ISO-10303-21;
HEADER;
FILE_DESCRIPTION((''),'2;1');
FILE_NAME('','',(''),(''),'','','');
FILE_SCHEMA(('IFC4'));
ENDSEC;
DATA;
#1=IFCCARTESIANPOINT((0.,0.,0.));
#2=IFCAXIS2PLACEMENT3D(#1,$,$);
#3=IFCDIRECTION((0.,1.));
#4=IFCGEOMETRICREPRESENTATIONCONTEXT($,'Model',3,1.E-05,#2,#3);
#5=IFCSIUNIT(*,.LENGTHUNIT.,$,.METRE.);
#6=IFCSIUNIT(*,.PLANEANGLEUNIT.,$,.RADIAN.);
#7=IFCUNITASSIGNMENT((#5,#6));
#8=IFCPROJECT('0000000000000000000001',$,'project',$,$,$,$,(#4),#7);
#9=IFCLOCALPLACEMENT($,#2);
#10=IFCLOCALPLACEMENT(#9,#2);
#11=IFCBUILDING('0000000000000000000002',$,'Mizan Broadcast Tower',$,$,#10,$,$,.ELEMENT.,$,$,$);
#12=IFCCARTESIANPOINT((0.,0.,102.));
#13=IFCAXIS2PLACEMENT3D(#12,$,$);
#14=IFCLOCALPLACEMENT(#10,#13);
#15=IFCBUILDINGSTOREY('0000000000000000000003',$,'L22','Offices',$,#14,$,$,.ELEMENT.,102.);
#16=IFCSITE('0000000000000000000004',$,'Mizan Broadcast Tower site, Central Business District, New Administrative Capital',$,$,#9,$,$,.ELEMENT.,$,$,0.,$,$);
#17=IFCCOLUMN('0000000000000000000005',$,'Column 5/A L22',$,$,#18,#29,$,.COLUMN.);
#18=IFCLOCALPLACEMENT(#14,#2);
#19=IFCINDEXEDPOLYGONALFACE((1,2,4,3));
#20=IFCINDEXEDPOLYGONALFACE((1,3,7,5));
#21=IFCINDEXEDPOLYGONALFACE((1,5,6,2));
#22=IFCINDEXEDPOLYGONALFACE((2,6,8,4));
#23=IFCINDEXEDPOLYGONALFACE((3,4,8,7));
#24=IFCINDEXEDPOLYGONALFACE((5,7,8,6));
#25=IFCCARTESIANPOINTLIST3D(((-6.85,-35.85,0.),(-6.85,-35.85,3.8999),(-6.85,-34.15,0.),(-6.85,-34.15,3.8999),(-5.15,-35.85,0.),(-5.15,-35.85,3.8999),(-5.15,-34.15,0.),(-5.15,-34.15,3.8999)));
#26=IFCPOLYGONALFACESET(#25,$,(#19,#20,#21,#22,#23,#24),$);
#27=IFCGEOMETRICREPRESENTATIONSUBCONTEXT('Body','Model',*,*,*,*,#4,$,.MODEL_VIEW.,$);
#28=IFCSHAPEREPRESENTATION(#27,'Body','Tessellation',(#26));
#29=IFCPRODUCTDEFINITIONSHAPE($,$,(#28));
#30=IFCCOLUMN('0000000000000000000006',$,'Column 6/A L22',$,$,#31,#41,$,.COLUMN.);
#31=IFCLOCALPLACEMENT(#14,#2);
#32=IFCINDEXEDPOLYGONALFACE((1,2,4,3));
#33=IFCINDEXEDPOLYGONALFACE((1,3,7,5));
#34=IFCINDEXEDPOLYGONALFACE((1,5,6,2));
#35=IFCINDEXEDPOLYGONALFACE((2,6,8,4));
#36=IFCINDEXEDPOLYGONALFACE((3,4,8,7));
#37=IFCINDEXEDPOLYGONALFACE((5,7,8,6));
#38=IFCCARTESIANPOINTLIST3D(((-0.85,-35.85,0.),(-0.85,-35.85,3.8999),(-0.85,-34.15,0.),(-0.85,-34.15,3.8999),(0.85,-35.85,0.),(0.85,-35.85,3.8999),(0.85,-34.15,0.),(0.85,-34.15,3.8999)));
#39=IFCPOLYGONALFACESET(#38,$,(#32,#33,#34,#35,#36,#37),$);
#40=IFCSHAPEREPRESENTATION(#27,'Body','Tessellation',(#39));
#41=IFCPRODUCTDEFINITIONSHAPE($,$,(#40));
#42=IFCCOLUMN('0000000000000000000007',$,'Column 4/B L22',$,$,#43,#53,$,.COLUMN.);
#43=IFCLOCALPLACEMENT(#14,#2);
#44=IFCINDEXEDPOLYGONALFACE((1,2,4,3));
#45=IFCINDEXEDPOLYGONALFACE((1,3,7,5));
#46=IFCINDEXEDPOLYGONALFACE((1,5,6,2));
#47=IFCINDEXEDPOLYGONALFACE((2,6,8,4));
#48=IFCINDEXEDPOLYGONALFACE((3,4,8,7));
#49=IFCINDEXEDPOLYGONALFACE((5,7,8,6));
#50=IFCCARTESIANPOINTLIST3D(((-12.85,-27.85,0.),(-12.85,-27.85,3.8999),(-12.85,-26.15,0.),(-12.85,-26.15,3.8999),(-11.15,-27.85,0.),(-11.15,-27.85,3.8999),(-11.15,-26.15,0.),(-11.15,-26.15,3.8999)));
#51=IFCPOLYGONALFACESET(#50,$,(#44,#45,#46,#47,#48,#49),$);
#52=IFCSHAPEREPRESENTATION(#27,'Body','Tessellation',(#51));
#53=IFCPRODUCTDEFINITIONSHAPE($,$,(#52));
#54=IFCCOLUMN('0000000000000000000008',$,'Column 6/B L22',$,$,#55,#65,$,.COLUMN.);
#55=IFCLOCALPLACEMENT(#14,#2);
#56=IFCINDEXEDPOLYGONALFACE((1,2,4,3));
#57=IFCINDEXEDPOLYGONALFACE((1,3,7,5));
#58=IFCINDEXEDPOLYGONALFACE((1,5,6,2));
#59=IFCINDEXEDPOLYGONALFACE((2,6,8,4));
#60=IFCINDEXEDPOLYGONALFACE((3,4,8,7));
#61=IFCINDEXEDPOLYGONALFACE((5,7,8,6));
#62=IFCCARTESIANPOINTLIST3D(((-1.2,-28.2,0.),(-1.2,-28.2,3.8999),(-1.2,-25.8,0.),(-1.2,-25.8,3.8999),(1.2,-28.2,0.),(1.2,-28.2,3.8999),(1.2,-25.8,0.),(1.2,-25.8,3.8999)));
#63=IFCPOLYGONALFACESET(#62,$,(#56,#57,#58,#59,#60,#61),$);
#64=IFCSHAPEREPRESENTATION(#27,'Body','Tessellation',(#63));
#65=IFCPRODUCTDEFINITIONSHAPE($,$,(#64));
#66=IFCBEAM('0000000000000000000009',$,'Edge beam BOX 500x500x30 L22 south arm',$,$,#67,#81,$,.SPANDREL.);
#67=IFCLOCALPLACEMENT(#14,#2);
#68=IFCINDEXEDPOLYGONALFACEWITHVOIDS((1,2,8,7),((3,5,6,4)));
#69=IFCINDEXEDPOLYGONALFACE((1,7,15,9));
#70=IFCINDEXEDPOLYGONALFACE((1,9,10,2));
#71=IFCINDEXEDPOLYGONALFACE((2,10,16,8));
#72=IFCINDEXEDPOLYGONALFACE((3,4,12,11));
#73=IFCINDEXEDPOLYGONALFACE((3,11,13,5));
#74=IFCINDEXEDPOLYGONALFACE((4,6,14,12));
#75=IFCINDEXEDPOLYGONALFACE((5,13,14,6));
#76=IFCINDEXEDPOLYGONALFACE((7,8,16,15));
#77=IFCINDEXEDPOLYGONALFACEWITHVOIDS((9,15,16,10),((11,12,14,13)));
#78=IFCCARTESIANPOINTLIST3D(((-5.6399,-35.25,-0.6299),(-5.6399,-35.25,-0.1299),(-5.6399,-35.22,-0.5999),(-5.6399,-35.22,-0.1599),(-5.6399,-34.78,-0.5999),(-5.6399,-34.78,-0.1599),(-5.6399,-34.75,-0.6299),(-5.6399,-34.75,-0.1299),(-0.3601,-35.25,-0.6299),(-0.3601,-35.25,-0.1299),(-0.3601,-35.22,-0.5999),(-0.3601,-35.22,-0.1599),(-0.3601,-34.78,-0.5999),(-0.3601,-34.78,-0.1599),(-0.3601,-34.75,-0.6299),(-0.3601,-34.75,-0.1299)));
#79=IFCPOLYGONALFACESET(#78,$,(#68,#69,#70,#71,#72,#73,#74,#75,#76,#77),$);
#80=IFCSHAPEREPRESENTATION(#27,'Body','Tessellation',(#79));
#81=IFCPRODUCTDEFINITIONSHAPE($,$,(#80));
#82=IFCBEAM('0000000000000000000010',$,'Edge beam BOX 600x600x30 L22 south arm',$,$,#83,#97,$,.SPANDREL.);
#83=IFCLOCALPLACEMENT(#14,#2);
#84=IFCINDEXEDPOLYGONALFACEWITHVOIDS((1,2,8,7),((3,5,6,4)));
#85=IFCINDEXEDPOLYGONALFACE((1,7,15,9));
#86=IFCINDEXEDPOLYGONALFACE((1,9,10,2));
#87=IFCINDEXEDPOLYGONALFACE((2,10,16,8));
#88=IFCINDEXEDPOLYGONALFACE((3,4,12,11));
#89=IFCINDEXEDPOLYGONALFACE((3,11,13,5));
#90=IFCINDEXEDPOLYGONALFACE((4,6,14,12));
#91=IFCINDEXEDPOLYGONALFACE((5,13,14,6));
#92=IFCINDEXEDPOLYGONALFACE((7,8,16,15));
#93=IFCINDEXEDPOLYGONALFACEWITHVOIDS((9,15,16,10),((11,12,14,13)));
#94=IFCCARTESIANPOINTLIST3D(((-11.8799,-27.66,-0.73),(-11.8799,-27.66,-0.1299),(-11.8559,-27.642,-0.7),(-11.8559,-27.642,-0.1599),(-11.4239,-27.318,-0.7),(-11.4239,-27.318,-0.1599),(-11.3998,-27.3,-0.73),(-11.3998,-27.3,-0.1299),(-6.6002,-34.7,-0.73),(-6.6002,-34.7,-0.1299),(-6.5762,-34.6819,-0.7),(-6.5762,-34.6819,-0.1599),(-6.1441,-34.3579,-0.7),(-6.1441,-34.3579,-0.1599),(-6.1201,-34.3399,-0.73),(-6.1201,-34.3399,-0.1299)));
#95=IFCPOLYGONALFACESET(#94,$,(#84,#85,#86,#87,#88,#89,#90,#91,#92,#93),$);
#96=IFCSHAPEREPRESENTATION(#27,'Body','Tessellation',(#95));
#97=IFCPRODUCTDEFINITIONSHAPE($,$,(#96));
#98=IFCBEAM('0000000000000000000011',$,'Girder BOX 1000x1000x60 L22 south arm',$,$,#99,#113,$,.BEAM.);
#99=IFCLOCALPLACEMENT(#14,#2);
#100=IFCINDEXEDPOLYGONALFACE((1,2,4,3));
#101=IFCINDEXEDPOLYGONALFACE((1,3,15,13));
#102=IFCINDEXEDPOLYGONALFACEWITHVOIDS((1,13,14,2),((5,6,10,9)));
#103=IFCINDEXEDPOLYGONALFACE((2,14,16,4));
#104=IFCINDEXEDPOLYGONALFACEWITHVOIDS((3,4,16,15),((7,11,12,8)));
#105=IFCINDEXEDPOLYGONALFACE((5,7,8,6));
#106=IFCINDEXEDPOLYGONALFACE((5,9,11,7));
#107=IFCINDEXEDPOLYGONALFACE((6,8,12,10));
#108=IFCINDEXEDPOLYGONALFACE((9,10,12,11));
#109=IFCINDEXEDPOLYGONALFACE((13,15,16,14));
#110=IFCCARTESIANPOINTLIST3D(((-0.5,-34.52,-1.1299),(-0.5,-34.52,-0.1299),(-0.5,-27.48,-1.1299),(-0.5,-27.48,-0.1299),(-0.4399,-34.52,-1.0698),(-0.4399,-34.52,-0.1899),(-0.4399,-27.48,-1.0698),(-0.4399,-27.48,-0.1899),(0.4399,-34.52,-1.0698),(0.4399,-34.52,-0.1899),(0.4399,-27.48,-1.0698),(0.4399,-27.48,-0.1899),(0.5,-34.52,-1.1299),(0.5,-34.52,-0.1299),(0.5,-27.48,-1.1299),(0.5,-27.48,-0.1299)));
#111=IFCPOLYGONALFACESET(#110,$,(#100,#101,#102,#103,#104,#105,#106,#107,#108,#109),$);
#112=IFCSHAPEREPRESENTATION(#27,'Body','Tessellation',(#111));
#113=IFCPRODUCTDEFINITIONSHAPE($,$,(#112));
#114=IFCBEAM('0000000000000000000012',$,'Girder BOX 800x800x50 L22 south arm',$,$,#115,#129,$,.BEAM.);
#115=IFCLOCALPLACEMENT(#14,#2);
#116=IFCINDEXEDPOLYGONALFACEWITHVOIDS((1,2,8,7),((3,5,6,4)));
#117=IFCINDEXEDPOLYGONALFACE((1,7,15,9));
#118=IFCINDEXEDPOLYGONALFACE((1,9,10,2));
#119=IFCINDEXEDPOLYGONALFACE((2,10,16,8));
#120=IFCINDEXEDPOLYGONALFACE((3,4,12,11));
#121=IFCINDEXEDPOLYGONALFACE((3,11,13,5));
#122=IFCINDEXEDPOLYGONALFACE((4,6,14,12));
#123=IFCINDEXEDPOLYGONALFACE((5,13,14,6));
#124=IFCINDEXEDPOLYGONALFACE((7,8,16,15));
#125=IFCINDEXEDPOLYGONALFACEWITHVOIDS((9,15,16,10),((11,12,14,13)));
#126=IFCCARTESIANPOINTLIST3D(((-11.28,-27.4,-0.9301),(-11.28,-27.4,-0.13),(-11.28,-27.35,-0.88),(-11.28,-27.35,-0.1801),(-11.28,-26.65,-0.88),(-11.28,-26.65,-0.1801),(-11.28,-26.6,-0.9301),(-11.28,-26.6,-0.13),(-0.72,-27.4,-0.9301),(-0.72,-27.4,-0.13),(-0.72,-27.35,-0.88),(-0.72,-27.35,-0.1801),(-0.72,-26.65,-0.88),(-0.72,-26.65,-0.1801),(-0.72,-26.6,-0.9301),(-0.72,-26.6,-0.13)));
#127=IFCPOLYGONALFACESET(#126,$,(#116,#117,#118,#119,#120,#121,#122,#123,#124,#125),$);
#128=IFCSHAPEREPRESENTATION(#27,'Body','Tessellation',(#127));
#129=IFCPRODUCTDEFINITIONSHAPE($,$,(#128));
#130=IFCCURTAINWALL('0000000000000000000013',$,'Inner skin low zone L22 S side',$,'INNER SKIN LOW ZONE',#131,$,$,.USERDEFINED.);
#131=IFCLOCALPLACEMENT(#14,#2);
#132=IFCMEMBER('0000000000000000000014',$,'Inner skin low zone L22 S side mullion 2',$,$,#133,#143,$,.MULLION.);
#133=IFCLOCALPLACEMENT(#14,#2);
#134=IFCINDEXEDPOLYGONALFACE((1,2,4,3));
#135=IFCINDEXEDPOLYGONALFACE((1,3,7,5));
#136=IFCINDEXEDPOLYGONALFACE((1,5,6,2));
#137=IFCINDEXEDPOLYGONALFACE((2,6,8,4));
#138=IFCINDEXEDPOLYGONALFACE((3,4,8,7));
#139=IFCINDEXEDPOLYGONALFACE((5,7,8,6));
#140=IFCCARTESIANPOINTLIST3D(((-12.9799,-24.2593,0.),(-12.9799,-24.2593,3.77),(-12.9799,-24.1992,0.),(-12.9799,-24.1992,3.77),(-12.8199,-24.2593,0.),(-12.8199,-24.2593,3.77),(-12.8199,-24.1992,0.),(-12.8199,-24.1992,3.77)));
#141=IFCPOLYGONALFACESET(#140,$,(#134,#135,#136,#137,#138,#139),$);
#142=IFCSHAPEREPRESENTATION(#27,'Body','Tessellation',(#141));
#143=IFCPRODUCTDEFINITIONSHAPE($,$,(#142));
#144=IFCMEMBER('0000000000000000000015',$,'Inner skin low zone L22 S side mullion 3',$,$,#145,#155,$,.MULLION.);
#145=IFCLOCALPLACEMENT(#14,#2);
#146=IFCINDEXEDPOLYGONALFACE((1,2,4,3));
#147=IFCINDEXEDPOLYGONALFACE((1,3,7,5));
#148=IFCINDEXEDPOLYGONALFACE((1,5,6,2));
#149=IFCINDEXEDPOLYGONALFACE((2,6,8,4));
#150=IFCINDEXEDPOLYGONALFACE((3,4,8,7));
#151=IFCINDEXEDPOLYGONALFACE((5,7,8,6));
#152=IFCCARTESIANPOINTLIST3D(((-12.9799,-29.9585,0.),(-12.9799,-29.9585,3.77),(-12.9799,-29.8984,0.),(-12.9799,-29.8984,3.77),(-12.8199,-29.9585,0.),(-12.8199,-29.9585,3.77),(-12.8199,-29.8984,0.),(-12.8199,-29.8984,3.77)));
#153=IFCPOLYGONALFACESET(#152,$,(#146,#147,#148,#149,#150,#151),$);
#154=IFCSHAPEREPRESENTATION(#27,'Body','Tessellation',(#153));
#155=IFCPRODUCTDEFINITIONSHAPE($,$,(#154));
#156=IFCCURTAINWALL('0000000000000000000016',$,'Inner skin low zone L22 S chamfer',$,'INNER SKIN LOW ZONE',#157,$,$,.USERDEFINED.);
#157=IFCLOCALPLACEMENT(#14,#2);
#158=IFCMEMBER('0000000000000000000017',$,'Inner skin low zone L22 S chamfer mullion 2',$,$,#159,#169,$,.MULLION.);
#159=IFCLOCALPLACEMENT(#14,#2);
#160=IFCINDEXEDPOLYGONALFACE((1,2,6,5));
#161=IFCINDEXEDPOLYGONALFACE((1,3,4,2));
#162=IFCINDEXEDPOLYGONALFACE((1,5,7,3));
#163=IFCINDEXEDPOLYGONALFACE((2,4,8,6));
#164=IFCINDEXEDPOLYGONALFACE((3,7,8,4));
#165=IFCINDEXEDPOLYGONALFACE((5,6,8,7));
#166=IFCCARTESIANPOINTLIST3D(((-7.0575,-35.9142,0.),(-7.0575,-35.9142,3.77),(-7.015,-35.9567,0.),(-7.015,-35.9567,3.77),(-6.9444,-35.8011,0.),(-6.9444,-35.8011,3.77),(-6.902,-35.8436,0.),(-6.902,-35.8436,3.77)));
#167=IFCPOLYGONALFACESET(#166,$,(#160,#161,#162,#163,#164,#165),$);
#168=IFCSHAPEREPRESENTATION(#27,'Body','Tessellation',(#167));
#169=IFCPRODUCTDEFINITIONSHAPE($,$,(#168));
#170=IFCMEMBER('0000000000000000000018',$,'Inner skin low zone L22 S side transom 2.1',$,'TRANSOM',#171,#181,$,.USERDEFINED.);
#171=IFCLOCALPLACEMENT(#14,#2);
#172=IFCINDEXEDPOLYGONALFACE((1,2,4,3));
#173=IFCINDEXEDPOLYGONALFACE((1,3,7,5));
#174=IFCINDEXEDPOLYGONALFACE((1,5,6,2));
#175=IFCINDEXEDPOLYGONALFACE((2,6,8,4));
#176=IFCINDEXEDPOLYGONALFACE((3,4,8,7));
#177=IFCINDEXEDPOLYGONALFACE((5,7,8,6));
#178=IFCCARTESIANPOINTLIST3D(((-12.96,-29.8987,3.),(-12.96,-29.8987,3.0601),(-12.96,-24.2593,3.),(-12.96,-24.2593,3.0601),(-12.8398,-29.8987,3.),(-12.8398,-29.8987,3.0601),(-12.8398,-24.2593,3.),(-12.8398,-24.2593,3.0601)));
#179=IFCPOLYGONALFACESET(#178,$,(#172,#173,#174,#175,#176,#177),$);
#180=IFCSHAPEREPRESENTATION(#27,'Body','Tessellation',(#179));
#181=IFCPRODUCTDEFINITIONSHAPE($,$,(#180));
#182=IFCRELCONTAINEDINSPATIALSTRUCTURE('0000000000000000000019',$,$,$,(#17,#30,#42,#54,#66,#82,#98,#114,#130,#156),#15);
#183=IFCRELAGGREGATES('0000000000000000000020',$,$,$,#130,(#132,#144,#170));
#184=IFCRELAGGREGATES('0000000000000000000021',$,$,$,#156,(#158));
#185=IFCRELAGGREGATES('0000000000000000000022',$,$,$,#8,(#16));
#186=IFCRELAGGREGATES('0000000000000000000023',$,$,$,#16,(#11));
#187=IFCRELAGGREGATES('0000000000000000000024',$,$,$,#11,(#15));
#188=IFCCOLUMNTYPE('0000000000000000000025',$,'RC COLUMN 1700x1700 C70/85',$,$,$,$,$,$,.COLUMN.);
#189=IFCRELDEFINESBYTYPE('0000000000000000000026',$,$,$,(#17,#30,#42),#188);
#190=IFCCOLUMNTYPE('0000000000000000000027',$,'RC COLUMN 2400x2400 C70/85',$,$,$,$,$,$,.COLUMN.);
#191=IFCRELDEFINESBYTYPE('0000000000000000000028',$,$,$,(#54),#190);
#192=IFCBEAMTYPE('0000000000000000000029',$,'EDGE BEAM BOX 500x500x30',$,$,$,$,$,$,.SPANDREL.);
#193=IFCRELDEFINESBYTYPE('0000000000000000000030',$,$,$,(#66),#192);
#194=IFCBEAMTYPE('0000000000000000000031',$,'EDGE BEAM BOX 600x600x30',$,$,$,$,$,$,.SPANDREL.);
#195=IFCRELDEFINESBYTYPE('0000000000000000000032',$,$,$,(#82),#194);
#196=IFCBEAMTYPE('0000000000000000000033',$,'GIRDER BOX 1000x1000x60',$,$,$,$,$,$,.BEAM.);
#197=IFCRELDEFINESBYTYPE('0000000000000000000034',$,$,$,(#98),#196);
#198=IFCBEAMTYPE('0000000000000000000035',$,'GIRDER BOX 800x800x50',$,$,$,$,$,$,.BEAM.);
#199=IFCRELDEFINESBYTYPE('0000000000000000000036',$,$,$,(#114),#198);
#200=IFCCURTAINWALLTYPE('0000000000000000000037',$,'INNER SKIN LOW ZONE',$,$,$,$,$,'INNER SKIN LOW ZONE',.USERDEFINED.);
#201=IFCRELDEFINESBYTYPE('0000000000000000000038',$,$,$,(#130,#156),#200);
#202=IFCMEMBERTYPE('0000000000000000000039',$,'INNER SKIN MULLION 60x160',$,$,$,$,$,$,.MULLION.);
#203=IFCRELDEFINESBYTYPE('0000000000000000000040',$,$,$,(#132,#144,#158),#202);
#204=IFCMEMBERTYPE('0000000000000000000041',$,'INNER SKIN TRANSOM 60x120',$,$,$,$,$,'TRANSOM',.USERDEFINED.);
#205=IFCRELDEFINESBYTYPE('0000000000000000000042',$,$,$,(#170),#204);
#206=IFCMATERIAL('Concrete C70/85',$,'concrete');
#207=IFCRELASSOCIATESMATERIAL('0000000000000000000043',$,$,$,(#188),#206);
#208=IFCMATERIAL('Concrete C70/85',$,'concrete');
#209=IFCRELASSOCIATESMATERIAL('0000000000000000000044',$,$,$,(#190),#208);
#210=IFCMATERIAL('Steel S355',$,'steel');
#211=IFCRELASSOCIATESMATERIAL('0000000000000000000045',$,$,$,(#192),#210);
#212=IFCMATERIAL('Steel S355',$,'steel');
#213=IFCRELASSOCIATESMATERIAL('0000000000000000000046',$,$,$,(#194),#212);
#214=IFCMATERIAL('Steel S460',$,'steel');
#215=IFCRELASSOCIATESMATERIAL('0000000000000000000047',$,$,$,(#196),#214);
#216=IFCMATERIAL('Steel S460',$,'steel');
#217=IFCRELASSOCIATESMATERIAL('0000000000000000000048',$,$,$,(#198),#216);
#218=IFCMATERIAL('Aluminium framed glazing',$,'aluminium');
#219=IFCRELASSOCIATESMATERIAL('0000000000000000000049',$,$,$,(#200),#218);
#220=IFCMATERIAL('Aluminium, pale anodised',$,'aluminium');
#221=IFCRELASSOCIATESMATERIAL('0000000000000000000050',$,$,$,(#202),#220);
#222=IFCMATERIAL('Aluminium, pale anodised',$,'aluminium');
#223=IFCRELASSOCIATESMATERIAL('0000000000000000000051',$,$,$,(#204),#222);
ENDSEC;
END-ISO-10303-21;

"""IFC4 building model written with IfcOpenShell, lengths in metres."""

from ifc_helpers import new_model, si_unit, direction, frame, origin, origin_2d, place, context, subcontext, project, spatial, rectangle, hollow_rectangle, extrude, material, material_profile, profile_set, type_object, element, aggregate, save


model = new_model("IFC4")

# Units and contexts
model_context = context("Model", 3, precision=1e-05, world=origin(), true_north=direction((0.0, 1.0)))
body_context = subcontext(model_context, "Body", "Model", "MODEL_VIEW")
ifc_project = project(units=[si_unit("LENGTHUNIT", "METRE"), si_unit("PLANEANGLEUNIT", "RADIAN")], contexts=[model_context])

# Site, building, storey
site_placement = place(None, origin())
site = spatial("IfcSite", under=ifc_project, at=site_placement, Name="Mizan Broadcast Tower site, Central Business District, New Administrative Capital", CompositionType="ELEMENT", RefElevation=0.0)
building_placement = place(site_placement, origin())
building = spatial("IfcBuilding", under=site, at=building_placement, Name="Mizan Broadcast Tower", CompositionType="ELEMENT")
storey_placement = place(building_placement, frame((0.0, 0.0, 102.0)))
storey = spatial("IfcBuildingStorey", under=building, at=storey_placement, Name="L22", Description="Offices", CompositionType="ELEMENT", Elevation=102.0)

# Columns
ifc_material_1 = material(Name="Concrete C70/85", Category="concrete")
ifc_material_profile_1 = material_profile(ifc_material_1, rectangle(XDim=1.7, YDim=1.7, at=origin_2d()), Name="RC 1700x1700")
ifc_profile_set_1 = profile_set([ifc_material_profile_1], Name="Concrete C70/85")
column_type_1 = type_object("IfcColumnType", Name="RC COLUMN 1700x1700 C70/85", PredefinedType="COLUMN", material=ifc_profile_set_1)
for number, where, z_axis, x_axis, name in (
    (1, (-6.0, -35.0, 0.0), (0.0, 0.0, 1.0), (1.0, 0.0, 0.0), "Column 5/A L22"),
    (2, (0.0, -35.0, 0.0), (0.0, 0.0, 1.0), (1.0, 0.0, 0.0), "Column 6/A L22"),
    (3, (-12.0, -27.0, 0.0), (0.0, 0.0, 1.0), (1.0, 0.0, 0.0), "Column 4/B L22"),
):
    element("IfcColumn", number, at=place(storey_placement, frame(where, z_axis=z_axis, x_axis=x_axis)), inside=storey, type_object=column_type_1, Name=name, PredefinedType="COLUMN", context=body_context, shape_type="SweptSolid", body=[
        extrude(rectangle(XDim=1.7, YDim=1.7, at=origin_2d()), origin(), (0.0, 0.0, 1.0), 3.8999),
    ])
ifc_material_2 = material(Name="Concrete C70/85", Category="concrete")
ifc_material_profile_2 = material_profile(ifc_material_2, rectangle(XDim=2.3999, YDim=2.3999, at=origin_2d()), Name="RC 2400x2400")
ifc_profile_set_2 = profile_set([ifc_material_profile_2], Name="Concrete C70/85")
column_type_2 = type_object("IfcColumnType", Name="RC COLUMN 2400x2400 C70/85", PredefinedType="COLUMN", material=ifc_profile_set_2)
column_placement = place(storey_placement, frame((0.0, -27.0, 0.0), z_axis=(0.0, 0.0, 1.0), x_axis=(1.0, 0.0, 0.0)))
element("IfcColumn", 4, at=column_placement, inside=storey, type_object=column_type_2, Name="Column 6/B L22", PredefinedType="COLUMN", context=body_context, shape_type="SweptSolid", body=[
    extrude(rectangle(XDim=2.3999, YDim=2.3999, at=origin_2d()), origin(), (0.0, 0.0, 1.0), 3.8999),
])

# Beams
ifc_material_3 = material(Name="Steel S355", Category="steel")
ifc_material_profile_3 = material_profile(ifc_material_3, hollow_rectangle(XDim=0.5, YDim=0.5, WallThickness=0.03, at=origin_2d()), Name="BOX 500x500x30")
ifc_profile_set_3 = profile_set([ifc_material_profile_3], Name="Steel S355")
beam_type_1 = type_object("IfcBeamType", Name="EDGE BEAM BOX 500x500x30", PredefinedType="SPANDREL", material=ifc_profile_set_3)
beam_1_placement = place(storey_placement, frame((-5.6399, -35.0, -0.3799), z_axis=(1.0, 0.0, 0.0), x_axis=(0.0, 1.0, 0.0)))
element("IfcBeam", 5, at=beam_1_placement, inside=storey, type_object=beam_type_1, Name="Edge beam BOX 500x500x30 L22 south arm", PredefinedType="SPANDREL", context=body_context, shape_type="SweptSolid", body=[
    extrude(hollow_rectangle(XDim=0.5, YDim=0.5, WallThickness=0.03, at=origin_2d()), origin(), (0.0, 0.0, 1.0), 5.2798),
])
ifc_material_4 = material(Name="Steel S355", Category="steel")
ifc_material_profile_4 = material_profile(ifc_material_4, hollow_rectangle(XDim=0.6001, YDim=0.6001, WallThickness=0.03, at=origin_2d()), Name="BOX 600x600x30")
ifc_profile_set_4 = profile_set([ifc_material_profile_4], Name="Steel S355")
beam_type_2 = type_object("IfcBeamType", Name="EDGE BEAM BOX 600x600x30", PredefinedType="SPANDREL", material=ifc_profile_set_4)
beam_2_placement = place(storey_placement, frame((-11.6399, -27.48, -0.4299), z_axis=(0.599982, -0.800013, 0.0), x_axis=(0.800013, 0.599982, 0.0)))
element("IfcBeam", 6, at=beam_2_placement, inside=storey, type_object=beam_type_2, Name="Edge beam BOX 600x600x30 L22 south arm", PredefinedType="SPANDREL", context=body_context, shape_type="SweptSolid", body=[
    extrude(hollow_rectangle(XDim=0.6001, YDim=0.6001, WallThickness=0.03, at=origin_2d()), origin(), (0.0, 0.0, 1.0), 8.7998),
])
ifc_material_5 = material(Name="Steel S460", Category="steel")
ifc_material_profile_5 = material_profile(ifc_material_5, hollow_rectangle(XDim=1.0, YDim=1.0, WallThickness=0.0601, at=origin_2d()), Name="BOX 1000x1000x60")
ifc_profile_set_5 = profile_set([ifc_material_profile_5], Name="Steel S460")
beam_type_3 = type_object("IfcBeamType", Name="GIRDER BOX 1000x1000x60", PredefinedType="BEAM", material=ifc_profile_set_5)
beam_3_placement = place(storey_placement, frame((0.0, -27.48, -0.6299), z_axis=(0.0, -1.0, 0.0), x_axis=(1.0, 0.0, 0.0)))
element("IfcBeam", 7, at=beam_3_placement, inside=storey, type_object=beam_type_3, Name="Girder BOX 1000x1000x60 L22 south arm", PredefinedType="BEAM", context=body_context, shape_type="SweptSolid", body=[
    extrude(hollow_rectangle(XDim=1.0, YDim=1.0, WallThickness=0.0601, at=origin_2d()), origin(), (0.0, 0.0, 1.0), 7.04),
])
ifc_material_6 = material(Name="Steel S460", Category="steel")
ifc_material_profile_6 = material_profile(ifc_material_6, hollow_rectangle(XDim=0.8, YDim=0.8, WallThickness=0.05, at=origin_2d()), Name="BOX 800x800x50")
ifc_profile_set_6 = profile_set([ifc_material_profile_6], Name="Steel S460")
beam_type_4 = type_object("IfcBeamType", Name="GIRDER BOX 800x800x50", PredefinedType="BEAM", material=ifc_profile_set_6)
beam_4_placement = place(storey_placement, frame((-11.28, -27.0, -0.53), z_axis=(1.0, 0.0, 0.0), x_axis=(0.0, 1.0, 0.0)))
element("IfcBeam", 8, at=beam_4_placement, inside=storey, type_object=beam_type_4, Name="Girder BOX 800x800x50 L22 south arm", PredefinedType="BEAM", context=body_context, shape_type="SweptSolid", body=[
    extrude(hollow_rectangle(XDim=0.8, YDim=0.8, WallThickness=0.05, at=origin_2d()), origin(), (0.0, 0.0, 1.0), 10.5601),
])

# Curtain wall, members
ifc_material_7 = material(Name="Aluminium framed glazing", Category="aluminium")
curtain_wall_type_1 = type_object("IfcCurtainWallType", Name="INNER SKIN LOW ZONE", ElementType="INNER SKIN LOW ZONE", PredefinedType="USERDEFINED", material=ifc_material_7)
curtain_wall_1_placement = place(storey_placement, origin())
curtain_wall_1 = element("IfcCurtainWall", 9, at=curtain_wall_1_placement, inside=storey, type_object=curtain_wall_type_1, Name="Inner skin low zone L22 S side", ObjectType="INNER SKIN LOW ZONE", PredefinedType="USERDEFINED")
ifc_material_8 = material(Name="Aluminium, pale anodised", Category="aluminium")
ifc_material_profile_7 = material_profile(ifc_material_8, rectangle(XDim=0.1599, YDim=0.0601, at=origin_2d()), Name="MULLION 160x60")
ifc_profile_set_7 = profile_set([ifc_material_profile_7], Name="Aluminium, pale anodised")
member_type_1 = type_object("IfcMemberType", Name="INNER SKIN MULLION 60x160", PredefinedType="MULLION", material=ifc_profile_set_7)
member_1_placement = place(storey_placement, frame((-12.8999, -24.2292, 0.0), z_axis=(0.0, 0.0, 1.0), x_axis=(1.0, 0.0, 0.0)))
member_1 = element("IfcMember", 10, at=member_1_placement, type_object=member_type_1, Name="Inner skin low zone L22 S side mullion 2", PredefinedType="MULLION", context=body_context, shape_type="SweptSolid", body=[
    extrude(rectangle(XDim=0.1599, YDim=0.0601, at=origin_2d()), origin(), (0.0, 0.0, 1.0), 3.77),
])
member_2_placement = place(storey_placement, frame((-12.8999, -29.9285, 0.0), z_axis=(0.0, 0.0, 1.0), x_axis=(1.0, 0.0, 0.0)))
member_2 = element("IfcMember", 11, at=member_2_placement, type_object=member_type_1, Name="Inner skin low zone L22 S side mullion 3", PredefinedType="MULLION", context=body_context, shape_type="SweptSolid", body=[
    extrude(rectangle(XDim=0.1599, YDim=0.0601, at=origin_2d()), origin(), (0.0, 0.0, 1.0), 3.77),
])

# Curtain wall, member
curtain_wall_2_placement = place(storey_placement, origin())
curtain_wall_2 = element("IfcCurtainWall", 12, at=curtain_wall_2_placement, inside=storey, type_object=curtain_wall_type_1, Name="Inner skin low zone L22 S chamfer", ObjectType="INNER SKIN LOW ZONE", PredefinedType="USERDEFINED")
member_3_placement = place(storey_placement, frame((-6.9797, -35.8789, 0.0), z_axis=(0.0, 0.0, 1.0), x_axis=(0.707107, 0.707107, 0.0)))
member_3 = element("IfcMember", 13, at=member_3_placement, type_object=member_type_1, Name="Inner skin low zone L22 S chamfer mullion 2", PredefinedType="MULLION", context=body_context, shape_type="SweptSolid", body=[
    extrude(rectangle(XDim=0.1599, YDim=0.0601, at=origin_2d()), origin(), (0.0, 0.0, 1.0), 3.77),
])

# Member
ifc_material_9 = material(Name="Aluminium, pale anodised", Category="aluminium")
ifc_material_profile_8 = material_profile(ifc_material_9, rectangle(XDim=0.1201, YDim=0.0601, at=origin_2d()), Name="TRANSOM 120x60")
ifc_profile_set_8 = profile_set([ifc_material_profile_8], Name="Aluminium, pale anodised")
member_type_2 = type_object("IfcMemberType", Name="INNER SKIN TRANSOM 60x120", ElementType="TRANSOM", PredefinedType="USERDEFINED", material=ifc_profile_set_8)
member_4_placement = place(storey_placement, frame((-12.8999, -24.2593, 3.03), z_axis=(0.0, -1.0, 0.0), x_axis=(1.0, 0.0, 0.0)))
member_4 = element("IfcMember", 14, at=member_4_placement, type_object=member_type_2, Name="Inner skin low zone L22 S side transom 2.1", ObjectType="TRANSOM", PredefinedType="USERDEFINED", context=body_context, shape_type="SweptSolid", body=[
    extrude(rectangle(XDim=0.1201, YDim=0.0601, at=origin_2d()), origin(), (0.0, 0.0, 1.0), 5.6394),
])

aggregate(curtain_wall_1, [member_1, member_2, member_4])
aggregate(curtain_wall_2, [member_3])

save(model, "model.ifc")
